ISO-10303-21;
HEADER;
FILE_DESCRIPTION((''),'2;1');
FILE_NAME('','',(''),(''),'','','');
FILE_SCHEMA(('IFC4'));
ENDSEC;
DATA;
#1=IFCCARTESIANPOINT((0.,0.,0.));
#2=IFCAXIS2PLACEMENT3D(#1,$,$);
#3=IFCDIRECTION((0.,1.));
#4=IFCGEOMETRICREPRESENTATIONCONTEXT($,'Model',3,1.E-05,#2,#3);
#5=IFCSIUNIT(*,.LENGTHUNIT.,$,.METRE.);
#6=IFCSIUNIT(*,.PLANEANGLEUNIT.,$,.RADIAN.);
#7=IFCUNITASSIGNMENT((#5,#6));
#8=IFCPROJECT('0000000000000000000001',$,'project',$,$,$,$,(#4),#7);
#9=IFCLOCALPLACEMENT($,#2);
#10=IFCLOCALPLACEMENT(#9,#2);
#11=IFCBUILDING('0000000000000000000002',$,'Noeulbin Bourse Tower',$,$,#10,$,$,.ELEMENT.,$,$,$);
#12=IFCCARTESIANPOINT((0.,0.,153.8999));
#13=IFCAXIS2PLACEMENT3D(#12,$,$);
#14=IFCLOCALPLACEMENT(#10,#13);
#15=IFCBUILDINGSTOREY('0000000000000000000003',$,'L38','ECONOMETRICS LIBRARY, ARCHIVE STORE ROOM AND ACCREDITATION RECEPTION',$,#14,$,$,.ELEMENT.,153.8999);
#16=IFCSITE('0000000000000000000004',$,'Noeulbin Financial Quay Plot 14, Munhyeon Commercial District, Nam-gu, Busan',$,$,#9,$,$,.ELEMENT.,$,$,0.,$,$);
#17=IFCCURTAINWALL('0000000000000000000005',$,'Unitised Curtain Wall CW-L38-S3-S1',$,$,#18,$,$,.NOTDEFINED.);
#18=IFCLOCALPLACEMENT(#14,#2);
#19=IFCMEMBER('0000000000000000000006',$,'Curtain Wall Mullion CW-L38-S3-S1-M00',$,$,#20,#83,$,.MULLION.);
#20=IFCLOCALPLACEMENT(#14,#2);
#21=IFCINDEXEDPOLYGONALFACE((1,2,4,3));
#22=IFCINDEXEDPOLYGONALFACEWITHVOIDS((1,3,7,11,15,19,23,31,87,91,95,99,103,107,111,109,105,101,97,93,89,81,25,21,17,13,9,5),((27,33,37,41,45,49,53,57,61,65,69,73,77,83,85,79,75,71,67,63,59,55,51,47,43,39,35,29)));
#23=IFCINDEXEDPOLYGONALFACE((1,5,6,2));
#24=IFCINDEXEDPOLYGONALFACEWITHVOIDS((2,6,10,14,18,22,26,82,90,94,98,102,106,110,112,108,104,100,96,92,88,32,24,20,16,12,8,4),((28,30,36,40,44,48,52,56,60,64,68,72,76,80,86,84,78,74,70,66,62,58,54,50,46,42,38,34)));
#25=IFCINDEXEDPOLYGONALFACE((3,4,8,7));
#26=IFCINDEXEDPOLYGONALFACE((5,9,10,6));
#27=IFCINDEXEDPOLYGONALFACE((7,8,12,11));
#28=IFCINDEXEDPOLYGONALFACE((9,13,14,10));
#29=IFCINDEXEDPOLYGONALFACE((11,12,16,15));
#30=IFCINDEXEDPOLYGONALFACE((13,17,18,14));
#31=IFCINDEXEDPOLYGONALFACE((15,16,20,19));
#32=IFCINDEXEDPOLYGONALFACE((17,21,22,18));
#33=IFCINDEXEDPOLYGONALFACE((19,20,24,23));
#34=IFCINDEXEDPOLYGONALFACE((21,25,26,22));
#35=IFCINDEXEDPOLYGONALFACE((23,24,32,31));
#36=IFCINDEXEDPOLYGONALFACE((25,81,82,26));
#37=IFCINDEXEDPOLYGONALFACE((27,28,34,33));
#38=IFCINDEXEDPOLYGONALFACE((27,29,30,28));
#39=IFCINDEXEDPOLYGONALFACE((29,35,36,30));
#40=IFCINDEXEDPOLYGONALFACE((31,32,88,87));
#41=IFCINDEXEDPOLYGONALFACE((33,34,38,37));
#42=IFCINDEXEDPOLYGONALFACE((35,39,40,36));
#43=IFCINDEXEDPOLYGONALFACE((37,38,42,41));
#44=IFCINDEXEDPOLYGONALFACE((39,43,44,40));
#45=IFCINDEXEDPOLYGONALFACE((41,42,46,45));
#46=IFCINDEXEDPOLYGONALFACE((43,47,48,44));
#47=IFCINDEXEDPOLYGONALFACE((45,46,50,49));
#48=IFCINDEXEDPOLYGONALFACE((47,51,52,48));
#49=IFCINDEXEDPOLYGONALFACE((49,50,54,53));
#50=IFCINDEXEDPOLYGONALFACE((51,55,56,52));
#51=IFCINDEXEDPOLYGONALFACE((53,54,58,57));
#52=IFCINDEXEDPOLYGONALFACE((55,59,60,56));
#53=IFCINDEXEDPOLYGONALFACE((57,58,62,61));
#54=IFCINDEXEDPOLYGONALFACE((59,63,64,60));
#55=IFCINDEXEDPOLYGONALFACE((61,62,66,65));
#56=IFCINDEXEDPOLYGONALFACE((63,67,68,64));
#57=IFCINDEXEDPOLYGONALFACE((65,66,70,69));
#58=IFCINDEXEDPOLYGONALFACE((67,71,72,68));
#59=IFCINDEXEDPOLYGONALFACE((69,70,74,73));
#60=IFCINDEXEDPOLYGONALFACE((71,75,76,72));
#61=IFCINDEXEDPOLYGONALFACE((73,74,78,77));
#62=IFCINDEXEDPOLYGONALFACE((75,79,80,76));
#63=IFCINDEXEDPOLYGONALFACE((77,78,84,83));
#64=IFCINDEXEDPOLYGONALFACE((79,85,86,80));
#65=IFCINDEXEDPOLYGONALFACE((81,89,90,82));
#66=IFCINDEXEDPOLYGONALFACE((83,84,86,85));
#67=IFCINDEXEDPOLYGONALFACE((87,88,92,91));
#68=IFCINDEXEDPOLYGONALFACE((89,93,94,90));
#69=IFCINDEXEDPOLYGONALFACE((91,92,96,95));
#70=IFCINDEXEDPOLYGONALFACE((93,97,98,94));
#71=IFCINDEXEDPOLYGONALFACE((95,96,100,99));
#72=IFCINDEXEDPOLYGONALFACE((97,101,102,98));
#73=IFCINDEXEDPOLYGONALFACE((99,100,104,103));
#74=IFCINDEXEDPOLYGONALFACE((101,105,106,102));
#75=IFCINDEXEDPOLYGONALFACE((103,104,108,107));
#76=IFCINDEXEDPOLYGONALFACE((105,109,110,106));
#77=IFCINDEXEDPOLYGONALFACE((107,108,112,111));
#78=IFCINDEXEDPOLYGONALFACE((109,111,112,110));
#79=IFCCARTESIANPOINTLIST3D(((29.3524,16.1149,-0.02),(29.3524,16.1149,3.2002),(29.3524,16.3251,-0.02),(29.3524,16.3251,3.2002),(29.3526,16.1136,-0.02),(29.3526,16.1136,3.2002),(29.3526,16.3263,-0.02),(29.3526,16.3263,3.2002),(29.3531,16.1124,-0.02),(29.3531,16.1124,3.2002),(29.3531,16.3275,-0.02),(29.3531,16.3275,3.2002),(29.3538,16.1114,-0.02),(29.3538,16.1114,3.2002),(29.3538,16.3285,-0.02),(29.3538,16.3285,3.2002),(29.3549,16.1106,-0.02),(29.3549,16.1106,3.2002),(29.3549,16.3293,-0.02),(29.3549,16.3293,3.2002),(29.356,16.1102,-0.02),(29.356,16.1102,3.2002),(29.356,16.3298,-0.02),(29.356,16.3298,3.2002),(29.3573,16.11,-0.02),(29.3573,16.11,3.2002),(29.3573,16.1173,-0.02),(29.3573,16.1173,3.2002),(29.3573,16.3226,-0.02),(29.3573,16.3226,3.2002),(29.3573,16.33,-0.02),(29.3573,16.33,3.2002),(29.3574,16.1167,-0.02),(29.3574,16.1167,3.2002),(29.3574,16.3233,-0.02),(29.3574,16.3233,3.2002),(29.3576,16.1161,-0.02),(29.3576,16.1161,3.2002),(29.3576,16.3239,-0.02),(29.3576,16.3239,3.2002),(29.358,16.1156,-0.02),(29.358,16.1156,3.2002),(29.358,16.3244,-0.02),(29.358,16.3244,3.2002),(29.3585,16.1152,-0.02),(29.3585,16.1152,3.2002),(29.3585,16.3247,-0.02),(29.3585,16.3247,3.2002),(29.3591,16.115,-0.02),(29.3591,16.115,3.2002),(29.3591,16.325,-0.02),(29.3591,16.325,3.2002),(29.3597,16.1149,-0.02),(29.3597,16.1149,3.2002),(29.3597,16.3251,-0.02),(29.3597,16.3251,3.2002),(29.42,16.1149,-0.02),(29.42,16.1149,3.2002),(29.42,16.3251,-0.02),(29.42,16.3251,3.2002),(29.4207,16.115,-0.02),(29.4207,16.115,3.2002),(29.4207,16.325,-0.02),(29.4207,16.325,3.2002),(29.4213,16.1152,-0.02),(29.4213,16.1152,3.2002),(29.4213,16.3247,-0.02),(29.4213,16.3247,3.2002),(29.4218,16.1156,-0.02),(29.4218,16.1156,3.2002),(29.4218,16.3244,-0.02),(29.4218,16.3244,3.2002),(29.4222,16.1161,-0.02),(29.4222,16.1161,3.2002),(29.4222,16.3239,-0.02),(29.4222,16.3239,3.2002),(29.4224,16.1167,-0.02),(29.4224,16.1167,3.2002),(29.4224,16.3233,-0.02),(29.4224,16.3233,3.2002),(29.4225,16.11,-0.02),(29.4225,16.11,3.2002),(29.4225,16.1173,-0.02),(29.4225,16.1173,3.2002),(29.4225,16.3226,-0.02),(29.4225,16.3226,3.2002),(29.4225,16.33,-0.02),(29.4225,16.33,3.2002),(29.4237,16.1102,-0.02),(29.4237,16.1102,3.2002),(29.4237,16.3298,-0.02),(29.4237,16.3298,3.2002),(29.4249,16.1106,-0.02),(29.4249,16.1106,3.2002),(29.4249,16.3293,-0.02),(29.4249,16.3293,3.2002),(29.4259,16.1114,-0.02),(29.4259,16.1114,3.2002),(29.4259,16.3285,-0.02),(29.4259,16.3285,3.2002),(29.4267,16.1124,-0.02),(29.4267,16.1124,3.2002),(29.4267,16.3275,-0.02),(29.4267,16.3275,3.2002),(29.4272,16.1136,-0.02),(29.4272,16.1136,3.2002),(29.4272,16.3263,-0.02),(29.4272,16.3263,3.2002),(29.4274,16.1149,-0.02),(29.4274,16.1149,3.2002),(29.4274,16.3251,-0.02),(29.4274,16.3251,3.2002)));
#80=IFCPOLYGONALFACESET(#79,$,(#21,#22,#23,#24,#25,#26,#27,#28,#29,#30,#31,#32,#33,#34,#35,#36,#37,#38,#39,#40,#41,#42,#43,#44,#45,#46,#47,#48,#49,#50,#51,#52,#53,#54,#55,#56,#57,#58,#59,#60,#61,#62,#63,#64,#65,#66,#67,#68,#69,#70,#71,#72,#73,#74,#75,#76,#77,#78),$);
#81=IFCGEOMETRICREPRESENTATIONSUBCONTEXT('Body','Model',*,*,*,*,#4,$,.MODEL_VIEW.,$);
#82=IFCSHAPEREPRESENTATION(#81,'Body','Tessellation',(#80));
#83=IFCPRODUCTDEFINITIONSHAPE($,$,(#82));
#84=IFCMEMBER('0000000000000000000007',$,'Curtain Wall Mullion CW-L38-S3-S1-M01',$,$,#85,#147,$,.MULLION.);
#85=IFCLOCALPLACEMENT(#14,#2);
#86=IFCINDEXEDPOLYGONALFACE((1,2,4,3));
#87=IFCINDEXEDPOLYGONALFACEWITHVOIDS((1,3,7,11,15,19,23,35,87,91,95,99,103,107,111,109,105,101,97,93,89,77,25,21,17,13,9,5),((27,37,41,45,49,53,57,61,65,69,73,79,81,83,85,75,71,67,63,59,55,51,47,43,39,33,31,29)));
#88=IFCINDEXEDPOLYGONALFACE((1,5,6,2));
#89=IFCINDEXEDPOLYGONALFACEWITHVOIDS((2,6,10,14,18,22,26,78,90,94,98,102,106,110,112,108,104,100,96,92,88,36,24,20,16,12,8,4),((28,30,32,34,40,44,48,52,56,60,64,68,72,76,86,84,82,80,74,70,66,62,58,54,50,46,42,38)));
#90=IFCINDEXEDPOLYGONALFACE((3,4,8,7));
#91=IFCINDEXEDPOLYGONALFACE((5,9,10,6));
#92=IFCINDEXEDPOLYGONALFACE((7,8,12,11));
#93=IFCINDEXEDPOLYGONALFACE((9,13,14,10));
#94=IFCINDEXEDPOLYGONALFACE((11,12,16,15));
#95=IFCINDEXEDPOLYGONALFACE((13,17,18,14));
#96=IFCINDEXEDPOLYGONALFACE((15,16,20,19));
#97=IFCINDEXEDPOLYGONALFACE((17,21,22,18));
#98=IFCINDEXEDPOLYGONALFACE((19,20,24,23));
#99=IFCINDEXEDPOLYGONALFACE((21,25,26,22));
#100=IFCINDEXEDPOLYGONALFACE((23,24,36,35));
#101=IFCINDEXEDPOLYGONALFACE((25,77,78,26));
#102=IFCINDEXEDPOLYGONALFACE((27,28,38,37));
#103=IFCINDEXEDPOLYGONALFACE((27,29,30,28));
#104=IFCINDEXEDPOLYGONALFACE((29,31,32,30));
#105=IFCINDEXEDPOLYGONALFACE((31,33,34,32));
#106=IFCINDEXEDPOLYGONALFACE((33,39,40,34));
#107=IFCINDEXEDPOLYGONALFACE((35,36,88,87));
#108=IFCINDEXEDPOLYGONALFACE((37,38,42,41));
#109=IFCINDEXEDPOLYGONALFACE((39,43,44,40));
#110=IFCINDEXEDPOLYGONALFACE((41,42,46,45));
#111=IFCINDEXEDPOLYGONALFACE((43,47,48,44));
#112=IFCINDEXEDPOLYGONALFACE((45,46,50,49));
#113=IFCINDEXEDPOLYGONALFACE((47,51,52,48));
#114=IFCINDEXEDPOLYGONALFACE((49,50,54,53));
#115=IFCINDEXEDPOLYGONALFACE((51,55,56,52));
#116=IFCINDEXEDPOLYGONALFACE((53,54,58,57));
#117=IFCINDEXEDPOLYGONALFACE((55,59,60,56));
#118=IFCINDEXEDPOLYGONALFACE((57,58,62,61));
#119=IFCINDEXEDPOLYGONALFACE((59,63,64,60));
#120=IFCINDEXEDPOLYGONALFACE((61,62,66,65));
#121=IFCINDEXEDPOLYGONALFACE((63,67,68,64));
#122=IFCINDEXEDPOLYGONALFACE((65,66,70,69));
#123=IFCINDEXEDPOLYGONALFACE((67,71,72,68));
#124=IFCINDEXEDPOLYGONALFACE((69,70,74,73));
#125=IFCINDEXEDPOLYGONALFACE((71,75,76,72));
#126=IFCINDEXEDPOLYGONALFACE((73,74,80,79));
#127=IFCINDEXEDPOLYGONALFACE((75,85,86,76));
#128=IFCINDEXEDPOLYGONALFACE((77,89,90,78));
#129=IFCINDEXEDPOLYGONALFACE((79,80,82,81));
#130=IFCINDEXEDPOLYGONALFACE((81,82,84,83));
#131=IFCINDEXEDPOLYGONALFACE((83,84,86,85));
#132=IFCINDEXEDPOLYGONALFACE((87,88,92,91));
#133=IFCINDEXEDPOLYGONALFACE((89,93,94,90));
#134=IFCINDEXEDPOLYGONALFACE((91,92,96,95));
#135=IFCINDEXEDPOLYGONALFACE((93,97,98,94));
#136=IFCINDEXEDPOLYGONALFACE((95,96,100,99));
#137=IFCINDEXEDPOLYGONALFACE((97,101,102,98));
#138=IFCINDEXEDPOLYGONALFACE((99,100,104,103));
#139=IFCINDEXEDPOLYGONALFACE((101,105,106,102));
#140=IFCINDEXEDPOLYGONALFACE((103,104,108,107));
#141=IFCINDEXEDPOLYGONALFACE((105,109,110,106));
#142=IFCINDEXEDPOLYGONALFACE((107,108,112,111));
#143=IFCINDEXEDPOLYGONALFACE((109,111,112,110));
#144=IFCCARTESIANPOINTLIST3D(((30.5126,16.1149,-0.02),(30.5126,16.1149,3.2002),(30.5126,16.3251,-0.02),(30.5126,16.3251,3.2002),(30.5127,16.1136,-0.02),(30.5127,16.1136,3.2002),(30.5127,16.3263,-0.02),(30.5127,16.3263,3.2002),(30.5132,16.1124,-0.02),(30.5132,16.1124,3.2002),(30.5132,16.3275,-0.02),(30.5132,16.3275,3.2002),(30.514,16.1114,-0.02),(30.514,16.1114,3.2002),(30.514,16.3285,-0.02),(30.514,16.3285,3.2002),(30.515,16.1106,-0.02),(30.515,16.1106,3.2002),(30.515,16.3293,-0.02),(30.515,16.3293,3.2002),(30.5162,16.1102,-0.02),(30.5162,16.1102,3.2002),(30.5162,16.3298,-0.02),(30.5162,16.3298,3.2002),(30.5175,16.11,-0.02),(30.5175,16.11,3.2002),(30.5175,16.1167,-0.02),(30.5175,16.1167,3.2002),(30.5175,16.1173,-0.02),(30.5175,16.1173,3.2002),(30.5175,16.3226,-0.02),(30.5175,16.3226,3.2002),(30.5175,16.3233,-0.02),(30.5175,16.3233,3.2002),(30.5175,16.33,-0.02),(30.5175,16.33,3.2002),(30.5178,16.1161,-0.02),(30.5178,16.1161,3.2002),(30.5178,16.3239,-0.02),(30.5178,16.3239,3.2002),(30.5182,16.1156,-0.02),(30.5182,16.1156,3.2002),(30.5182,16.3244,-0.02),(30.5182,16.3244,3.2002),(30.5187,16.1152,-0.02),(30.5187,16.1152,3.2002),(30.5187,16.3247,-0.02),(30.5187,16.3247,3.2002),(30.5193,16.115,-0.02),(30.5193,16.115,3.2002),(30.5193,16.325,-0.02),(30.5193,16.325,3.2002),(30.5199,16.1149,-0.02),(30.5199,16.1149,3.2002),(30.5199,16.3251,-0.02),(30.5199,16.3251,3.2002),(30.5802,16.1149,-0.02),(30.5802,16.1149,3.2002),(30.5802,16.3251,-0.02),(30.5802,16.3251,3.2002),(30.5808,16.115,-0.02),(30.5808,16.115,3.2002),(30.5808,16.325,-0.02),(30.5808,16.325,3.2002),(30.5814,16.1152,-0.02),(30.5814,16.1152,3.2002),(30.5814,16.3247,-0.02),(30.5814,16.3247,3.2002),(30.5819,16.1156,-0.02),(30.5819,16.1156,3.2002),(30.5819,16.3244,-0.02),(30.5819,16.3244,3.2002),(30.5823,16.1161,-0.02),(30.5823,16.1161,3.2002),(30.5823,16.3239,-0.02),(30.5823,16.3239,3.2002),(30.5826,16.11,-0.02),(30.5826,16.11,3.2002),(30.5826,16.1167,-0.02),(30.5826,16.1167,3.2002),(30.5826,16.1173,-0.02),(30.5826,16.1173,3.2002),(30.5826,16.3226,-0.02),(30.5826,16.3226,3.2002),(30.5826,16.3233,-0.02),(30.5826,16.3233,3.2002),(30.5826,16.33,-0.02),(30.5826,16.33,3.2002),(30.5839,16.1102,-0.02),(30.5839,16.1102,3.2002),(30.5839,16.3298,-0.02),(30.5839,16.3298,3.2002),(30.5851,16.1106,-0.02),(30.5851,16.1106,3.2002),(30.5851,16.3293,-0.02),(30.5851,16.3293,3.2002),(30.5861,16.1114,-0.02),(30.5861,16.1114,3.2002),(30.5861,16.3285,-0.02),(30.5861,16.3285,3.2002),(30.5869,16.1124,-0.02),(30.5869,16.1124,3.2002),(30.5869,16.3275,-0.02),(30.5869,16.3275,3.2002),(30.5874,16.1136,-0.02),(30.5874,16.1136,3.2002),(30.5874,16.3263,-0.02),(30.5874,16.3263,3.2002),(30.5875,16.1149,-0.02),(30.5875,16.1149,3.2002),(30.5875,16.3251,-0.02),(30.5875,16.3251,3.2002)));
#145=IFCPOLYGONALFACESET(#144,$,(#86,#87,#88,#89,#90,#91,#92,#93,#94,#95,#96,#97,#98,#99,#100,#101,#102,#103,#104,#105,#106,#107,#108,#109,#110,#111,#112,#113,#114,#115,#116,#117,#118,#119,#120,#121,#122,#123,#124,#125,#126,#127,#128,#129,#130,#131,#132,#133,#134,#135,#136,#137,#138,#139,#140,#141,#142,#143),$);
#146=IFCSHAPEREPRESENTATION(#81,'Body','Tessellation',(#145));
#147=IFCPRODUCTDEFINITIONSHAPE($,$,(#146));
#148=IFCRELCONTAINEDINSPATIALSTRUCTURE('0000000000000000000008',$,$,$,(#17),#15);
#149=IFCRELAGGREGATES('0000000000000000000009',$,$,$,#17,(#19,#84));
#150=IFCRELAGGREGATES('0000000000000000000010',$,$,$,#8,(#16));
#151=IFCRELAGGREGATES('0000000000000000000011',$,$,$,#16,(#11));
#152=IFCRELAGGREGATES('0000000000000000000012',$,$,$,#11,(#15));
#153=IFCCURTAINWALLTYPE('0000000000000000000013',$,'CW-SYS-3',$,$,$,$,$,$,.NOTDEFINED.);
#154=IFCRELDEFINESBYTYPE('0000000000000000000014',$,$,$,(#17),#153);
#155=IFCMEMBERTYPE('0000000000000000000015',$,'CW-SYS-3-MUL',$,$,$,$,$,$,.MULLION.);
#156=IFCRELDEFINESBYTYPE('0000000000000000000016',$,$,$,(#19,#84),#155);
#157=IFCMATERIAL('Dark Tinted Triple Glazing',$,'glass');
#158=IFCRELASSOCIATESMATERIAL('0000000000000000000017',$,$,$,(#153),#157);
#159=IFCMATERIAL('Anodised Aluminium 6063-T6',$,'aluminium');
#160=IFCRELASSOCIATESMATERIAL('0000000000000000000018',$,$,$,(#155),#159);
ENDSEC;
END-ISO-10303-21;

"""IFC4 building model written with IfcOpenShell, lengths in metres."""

from ifc_helpers import new_model, si_unit, direction, frame, origin, origin_2d, place, context, subcontext, project, spatial, hollow_rectangle, extrude, material, material_profile, profile_set, type_object, element, aggregate, save


model = new_model("IFC4")

# Units and contexts
model_context = context("Model", 3, precision=1e-05, world=origin(), true_north=direction((0.0, 1.0)))
body_context = subcontext(model_context, "Body", "Model", "MODEL_VIEW")
ifc_project = project(units=[si_unit("LENGTHUNIT", "METRE"), si_unit("PLANEANGLEUNIT", "RADIAN")], contexts=[model_context])

# Site, building, storey
site_placement = place(None, origin())
site = spatial("IfcSite", under=ifc_project, at=site_placement, Name="Noeulbin Financial Quay Plot 14, Munhyeon Commercial District, Nam-gu, Busan", CompositionType="ELEMENT", RefElevation=0.0)
building_placement = place(site_placement, origin())
building = spatial("IfcBuilding", under=site, at=building_placement, Name="Noeulbin Bourse Tower", CompositionType="ELEMENT")
storey_placement = place(building_placement, frame((0.0, 0.0, 153.8999)))
storey = spatial("IfcBuildingStorey", under=building, at=storey_placement, Name="L38", Description="ECONOMETRICS LIBRARY, ARCHIVE STORE ROOM AND ACCREDITATION RECEPTION", CompositionType="ELEMENT", Elevation=153.8999)

# Curtain wall, members
ifc_material_1 = material(Name="Dark Tinted Triple Glazing", Category="glass")
curtain_wall_type = type_object("IfcCurtainWallType", Name="CW-SYS-3", PredefinedType="NOTDEFINED", material=ifc_material_1)
curtain_wall_1_placement = place(storey_placement, origin())
curtain_wall_1 = element("IfcCurtainWall", 1, at=curtain_wall_1_placement, inside=storey, type_object=curtain_wall_type, Name="Unitised Curtain Wall CW-L38-S3-S1", PredefinedType="NOTDEFINED")
ifc_material_2 = material(Name="Anodised Aluminium 6063-T6", Category="aluminium")
ifc_material_profile_1 = material_profile(ifc_material_2, hollow_rectangle(XDim=0.075, YDim=0.22, WallThickness=0.0049, InnerFilletRadius=0.0024, OuterFilletRadius=0.0049, at=origin_2d()), Name="ALU-MULL-75x220x5", Category="LoadBearing")
ifc_profile_set_1 = profile_set([ifc_material_profile_1], Name="Anodised Aluminium 6063-T6")
member_type_1 = type_object("IfcMemberType", Name="CW-SYS-3-MUL", PredefinedType="MULLION", material=ifc_profile_set_1)
member_1_placement = place(storey_placement, frame((29.3899, 16.22, -0.02), z_axis=(0.0, 0.0, 1.0), x_axis=(1.0, 0.0, 0.0)))
member_1 = element("IfcMember", 2, at=member_1_placement, type_object=member_type_1, Name="Curtain Wall Mullion CW-L38-S3-S1-M00", PredefinedType="MULLION", context=body_context, shape_type="SweptSolid", body=[
    extrude(hollow_rectangle(XDim=0.075, YDim=0.22, WallThickness=0.0049, InnerFilletRadius=0.0024, OuterFilletRadius=0.0049, at=origin_2d()), origin(), (0.0, 0.0, 1.0), 3.2202),
])
member_2_placement = place(storey_placement, frame((30.55, 16.22, -0.02), z_axis=(0.0, 0.0, 1.0), x_axis=(1.0, 0.0, 0.0)))
member_2 = element("IfcMember", 3, at=member_2_placement, type_object=member_type_1, Name="Curtain Wall Mullion CW-L38-S3-S1-M01", PredefinedType="MULLION", context=body_context, shape_type="SweptSolid", body=[
    extrude(hollow_rectangle(XDim=0.075, YDim=0.22, WallThickness=0.0049, InnerFilletRadius=0.0024, OuterFilletRadius=0.0049, at=origin_2d()), origin(), (0.0, 0.0, 1.0), 3.2202),
])

aggregate(curtain_wall_1, [member_1, member_2])

save(model, "model.ifc")
